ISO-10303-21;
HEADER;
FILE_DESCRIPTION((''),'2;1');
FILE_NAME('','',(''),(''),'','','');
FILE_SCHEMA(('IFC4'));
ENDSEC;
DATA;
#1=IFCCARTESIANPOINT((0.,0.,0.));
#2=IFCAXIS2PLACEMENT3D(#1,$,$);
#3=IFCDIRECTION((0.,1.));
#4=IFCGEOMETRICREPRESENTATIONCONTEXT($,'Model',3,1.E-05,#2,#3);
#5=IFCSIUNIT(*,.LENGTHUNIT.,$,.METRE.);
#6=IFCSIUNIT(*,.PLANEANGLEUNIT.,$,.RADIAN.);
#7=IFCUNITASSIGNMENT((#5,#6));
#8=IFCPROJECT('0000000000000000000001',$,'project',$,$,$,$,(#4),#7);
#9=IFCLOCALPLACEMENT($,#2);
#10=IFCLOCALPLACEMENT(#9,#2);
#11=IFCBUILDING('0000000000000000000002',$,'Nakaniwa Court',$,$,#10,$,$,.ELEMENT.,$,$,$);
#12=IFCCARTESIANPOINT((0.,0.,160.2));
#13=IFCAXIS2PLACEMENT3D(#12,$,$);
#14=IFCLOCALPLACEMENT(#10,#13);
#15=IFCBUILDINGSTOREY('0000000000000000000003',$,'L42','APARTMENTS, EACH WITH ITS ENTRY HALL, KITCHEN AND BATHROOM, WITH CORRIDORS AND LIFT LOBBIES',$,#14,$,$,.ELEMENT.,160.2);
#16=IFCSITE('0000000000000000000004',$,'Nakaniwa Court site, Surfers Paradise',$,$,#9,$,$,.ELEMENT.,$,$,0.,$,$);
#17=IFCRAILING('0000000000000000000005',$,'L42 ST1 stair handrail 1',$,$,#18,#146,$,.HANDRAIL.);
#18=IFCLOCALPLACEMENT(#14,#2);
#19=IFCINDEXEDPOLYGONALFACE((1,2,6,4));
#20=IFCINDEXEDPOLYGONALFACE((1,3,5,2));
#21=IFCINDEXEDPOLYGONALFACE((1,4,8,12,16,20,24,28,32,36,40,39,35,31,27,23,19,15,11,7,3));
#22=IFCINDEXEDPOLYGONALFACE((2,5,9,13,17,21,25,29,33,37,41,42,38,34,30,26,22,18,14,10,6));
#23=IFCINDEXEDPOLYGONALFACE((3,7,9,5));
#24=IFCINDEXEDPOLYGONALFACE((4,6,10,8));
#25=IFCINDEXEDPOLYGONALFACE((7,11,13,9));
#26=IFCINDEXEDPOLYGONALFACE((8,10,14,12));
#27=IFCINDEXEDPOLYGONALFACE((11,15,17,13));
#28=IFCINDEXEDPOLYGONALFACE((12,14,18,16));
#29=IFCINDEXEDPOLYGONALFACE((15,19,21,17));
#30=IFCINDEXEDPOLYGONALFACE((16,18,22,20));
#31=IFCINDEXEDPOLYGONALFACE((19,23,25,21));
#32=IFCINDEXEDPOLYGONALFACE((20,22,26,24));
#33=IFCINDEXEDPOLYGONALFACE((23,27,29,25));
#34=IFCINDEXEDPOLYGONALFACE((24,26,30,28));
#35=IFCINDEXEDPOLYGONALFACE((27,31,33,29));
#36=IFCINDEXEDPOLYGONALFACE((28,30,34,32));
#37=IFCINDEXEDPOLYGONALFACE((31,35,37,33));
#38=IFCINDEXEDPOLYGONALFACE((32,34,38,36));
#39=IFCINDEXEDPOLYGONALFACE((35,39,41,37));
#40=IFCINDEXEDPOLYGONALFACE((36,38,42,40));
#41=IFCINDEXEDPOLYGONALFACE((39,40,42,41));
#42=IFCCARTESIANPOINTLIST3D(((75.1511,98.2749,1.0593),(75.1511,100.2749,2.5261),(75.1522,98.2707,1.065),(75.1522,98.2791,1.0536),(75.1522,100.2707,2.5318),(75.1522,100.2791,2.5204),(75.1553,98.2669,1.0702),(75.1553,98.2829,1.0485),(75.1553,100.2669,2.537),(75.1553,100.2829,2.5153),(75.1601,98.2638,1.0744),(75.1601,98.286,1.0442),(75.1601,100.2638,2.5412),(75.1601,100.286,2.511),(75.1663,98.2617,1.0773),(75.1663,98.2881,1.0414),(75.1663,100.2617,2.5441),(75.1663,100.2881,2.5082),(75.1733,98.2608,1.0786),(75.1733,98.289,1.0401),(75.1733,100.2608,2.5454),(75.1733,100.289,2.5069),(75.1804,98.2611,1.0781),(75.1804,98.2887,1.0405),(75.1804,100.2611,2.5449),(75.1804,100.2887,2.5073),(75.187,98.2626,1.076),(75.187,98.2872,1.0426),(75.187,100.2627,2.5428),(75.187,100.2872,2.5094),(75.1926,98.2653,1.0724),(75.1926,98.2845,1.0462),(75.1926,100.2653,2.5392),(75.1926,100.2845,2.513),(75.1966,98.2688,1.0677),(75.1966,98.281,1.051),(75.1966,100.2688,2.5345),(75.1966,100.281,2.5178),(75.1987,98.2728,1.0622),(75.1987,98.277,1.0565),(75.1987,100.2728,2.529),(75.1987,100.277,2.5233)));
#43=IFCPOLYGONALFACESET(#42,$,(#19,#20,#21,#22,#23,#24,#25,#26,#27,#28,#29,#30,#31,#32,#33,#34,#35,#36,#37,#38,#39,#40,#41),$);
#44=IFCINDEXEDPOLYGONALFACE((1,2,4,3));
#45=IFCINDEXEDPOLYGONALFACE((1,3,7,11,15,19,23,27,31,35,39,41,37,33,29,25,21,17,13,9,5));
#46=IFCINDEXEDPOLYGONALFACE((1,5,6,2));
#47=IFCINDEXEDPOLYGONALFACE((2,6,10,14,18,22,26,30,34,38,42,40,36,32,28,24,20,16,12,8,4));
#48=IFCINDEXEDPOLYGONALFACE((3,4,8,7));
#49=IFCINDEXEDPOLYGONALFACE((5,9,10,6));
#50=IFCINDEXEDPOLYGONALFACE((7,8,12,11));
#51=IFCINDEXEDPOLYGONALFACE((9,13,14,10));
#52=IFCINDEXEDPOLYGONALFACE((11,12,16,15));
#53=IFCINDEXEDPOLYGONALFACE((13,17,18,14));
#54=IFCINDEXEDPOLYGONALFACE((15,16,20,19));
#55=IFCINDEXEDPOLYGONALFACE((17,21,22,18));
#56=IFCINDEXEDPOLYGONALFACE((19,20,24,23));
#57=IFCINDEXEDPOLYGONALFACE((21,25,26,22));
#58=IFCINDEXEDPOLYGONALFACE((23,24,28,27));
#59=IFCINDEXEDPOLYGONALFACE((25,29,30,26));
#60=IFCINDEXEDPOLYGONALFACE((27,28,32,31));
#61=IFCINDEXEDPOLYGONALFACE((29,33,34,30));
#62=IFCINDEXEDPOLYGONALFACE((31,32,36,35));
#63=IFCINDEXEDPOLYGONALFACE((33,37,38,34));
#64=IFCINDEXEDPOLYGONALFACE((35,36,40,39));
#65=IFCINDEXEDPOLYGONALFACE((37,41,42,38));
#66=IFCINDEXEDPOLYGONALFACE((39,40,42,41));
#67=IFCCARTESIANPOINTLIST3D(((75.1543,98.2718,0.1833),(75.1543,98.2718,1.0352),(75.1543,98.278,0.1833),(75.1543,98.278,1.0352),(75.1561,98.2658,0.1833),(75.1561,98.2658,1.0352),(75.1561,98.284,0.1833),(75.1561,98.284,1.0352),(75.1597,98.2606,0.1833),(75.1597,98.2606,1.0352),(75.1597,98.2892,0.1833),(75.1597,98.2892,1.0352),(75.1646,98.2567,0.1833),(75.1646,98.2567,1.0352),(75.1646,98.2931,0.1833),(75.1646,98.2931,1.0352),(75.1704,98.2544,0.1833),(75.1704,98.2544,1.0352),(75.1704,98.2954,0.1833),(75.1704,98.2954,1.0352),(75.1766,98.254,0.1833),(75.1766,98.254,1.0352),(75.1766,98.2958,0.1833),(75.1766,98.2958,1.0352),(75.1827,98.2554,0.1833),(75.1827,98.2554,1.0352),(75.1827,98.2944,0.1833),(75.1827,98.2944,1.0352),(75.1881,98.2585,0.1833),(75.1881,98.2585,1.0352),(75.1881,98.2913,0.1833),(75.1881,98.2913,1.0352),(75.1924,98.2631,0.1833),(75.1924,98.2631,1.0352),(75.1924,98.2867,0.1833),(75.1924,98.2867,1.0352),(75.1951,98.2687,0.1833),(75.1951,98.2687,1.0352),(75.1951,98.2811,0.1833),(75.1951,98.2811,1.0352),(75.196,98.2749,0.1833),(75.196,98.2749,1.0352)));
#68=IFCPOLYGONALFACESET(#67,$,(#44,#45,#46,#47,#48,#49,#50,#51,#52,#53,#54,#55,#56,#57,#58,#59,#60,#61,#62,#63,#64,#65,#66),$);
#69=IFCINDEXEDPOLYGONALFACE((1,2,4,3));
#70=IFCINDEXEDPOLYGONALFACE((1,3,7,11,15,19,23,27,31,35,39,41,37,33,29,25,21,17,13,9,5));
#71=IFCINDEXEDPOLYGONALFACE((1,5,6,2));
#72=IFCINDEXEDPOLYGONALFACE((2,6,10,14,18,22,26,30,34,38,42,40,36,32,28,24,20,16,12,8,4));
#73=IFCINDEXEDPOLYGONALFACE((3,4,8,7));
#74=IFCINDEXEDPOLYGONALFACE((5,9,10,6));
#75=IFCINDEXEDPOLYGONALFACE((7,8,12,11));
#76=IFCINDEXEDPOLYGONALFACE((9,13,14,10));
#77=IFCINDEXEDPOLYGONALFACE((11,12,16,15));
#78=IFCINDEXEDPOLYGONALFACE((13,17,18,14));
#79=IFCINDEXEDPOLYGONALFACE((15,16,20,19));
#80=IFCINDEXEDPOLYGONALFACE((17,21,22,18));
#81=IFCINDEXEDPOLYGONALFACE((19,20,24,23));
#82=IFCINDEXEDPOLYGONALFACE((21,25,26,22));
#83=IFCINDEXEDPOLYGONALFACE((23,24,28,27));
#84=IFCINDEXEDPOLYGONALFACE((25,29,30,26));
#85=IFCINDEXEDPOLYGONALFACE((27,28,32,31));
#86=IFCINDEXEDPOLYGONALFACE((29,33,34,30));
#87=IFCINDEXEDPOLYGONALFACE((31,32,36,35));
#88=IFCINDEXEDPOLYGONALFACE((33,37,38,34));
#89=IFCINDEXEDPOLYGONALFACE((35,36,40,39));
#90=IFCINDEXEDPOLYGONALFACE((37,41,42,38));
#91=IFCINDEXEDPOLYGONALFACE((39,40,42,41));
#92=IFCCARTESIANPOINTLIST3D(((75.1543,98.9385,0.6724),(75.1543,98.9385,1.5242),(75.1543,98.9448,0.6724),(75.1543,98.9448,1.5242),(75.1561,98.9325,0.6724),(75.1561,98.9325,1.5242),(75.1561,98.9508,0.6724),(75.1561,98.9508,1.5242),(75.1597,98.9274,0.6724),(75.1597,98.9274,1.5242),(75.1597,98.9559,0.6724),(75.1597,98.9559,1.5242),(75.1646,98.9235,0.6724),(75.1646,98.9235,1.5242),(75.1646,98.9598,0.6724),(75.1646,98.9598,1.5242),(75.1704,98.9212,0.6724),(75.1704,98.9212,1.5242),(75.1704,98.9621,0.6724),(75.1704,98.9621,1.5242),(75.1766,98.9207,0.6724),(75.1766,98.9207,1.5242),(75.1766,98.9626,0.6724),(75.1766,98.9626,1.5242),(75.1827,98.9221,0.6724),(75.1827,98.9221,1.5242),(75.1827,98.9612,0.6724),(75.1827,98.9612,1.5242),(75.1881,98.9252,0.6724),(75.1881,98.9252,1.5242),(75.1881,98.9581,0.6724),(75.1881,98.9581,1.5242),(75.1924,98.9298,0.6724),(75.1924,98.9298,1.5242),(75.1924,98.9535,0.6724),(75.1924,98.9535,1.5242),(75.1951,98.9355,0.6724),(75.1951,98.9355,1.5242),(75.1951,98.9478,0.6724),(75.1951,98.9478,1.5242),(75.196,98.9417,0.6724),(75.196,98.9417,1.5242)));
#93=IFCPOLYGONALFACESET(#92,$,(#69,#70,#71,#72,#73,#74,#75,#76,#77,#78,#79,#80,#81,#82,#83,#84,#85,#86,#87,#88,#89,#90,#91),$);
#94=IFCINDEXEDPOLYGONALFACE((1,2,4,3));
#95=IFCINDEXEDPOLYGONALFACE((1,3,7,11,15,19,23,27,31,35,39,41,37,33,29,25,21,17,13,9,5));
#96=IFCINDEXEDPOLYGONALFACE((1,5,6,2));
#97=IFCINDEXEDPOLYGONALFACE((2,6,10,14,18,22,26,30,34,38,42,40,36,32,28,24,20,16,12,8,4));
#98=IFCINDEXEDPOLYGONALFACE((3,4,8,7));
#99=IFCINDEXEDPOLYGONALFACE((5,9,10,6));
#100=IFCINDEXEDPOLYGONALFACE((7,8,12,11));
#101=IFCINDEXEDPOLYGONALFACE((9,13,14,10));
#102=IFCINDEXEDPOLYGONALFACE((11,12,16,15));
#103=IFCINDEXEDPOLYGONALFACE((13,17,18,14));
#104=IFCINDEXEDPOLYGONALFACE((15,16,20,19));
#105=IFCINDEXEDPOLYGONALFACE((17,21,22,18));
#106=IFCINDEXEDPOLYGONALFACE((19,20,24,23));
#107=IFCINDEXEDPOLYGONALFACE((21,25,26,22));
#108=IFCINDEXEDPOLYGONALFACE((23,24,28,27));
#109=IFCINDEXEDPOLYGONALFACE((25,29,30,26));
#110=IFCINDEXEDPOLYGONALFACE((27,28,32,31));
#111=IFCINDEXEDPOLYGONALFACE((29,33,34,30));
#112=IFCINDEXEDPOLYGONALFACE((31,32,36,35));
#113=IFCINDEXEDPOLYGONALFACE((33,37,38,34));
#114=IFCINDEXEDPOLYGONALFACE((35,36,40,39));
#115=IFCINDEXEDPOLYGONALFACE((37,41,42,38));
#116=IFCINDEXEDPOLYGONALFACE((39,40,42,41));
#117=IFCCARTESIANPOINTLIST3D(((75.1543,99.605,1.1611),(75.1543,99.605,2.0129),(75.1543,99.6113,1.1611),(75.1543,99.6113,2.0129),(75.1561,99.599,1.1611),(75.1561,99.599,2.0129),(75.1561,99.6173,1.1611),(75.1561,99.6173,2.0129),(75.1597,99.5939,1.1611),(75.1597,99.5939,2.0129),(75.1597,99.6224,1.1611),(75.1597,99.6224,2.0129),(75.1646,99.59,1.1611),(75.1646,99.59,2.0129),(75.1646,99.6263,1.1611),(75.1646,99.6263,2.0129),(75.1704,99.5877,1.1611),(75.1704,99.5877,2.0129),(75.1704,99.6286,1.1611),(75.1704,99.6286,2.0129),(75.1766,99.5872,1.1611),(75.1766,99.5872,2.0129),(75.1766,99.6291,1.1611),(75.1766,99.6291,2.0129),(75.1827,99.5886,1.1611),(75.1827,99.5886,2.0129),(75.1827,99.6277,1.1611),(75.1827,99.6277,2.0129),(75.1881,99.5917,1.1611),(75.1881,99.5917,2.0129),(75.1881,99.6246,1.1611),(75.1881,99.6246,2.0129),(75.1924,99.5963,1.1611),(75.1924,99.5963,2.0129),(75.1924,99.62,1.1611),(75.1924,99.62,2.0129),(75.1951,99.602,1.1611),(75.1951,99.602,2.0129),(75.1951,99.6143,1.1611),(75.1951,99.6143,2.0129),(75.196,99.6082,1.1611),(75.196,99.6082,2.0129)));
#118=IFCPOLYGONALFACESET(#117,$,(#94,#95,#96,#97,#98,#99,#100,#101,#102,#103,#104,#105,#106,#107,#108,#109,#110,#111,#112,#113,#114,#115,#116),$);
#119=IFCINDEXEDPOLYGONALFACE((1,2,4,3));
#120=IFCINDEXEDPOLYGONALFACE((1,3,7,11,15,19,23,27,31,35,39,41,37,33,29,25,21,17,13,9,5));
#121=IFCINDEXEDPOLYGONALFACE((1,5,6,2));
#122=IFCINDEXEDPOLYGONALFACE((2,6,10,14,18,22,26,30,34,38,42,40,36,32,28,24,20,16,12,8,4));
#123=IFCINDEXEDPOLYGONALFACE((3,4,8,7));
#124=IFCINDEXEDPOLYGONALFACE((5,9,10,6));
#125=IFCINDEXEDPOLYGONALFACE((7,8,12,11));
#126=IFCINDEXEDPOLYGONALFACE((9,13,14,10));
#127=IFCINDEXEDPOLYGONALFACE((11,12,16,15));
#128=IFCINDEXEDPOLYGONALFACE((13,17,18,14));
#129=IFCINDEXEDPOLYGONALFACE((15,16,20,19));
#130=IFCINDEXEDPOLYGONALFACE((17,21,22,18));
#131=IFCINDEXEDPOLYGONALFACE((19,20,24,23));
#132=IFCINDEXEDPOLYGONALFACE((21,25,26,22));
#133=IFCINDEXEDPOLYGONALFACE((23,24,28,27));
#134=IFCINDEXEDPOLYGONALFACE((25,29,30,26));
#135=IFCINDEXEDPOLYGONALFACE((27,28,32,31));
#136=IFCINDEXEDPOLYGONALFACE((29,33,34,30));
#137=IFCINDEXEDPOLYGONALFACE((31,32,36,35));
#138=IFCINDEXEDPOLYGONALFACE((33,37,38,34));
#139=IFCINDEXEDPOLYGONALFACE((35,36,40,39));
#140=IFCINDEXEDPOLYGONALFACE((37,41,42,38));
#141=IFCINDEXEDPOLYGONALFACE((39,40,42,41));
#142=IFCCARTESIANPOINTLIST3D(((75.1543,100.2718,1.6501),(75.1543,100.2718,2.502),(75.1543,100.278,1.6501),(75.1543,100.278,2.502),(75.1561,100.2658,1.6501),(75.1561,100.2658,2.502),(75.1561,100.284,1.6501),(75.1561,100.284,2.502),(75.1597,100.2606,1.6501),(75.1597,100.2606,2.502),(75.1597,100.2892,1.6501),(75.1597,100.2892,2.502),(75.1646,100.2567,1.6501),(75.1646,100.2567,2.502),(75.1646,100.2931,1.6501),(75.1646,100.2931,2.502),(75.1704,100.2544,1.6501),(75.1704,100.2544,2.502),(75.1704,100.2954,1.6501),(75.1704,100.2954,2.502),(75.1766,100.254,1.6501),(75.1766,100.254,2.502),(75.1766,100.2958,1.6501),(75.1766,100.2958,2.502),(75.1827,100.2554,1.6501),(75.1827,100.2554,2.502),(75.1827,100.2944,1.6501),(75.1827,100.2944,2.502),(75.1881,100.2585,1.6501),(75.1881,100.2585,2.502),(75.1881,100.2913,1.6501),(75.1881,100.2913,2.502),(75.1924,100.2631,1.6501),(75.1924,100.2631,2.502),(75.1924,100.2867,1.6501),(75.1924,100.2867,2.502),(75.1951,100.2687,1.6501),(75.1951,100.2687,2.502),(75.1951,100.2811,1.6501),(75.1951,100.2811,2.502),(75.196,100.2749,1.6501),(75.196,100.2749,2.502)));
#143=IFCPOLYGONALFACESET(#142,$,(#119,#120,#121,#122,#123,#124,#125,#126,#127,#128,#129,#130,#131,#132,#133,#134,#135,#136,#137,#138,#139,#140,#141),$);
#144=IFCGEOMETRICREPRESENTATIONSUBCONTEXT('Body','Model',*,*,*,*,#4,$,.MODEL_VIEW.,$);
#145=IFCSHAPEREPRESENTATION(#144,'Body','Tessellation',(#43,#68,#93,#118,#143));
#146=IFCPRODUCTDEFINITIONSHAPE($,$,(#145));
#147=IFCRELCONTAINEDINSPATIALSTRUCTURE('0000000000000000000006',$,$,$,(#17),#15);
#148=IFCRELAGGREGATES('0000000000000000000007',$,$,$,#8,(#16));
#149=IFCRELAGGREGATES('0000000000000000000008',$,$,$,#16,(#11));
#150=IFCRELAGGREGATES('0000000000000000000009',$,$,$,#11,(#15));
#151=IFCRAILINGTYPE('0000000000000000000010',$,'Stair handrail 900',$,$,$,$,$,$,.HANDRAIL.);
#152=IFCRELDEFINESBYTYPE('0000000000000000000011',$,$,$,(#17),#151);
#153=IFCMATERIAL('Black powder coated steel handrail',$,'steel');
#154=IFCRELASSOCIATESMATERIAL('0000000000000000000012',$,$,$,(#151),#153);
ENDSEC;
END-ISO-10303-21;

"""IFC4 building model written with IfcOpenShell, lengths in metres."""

from ifc_helpers import new_model, si_unit, direction, frame, origin, origin_2d, place, context, subcontext, project, spatial, circle, extrude, material, type_object, element, save


model = new_model("IFC4")

# Units and contexts
model_context = context("Model", 3, precision=1e-05, world=origin(), true_north=direction((0.0, 1.0)))
body_context = subcontext(model_context, "Body", "Model", "MODEL_VIEW")
ifc_project = project(units=[si_unit("LENGTHUNIT", "METRE"), si_unit("PLANEANGLEUNIT", "RADIAN")], contexts=[model_context])

# Site, building, storey
site_placement = place(None, origin())
site = spatial("IfcSite", under=ifc_project, at=site_placement, Name="Nakaniwa Court site, Surfers Paradise", CompositionType="ELEMENT", RefElevation=0.0)
building_placement = place(site_placement, origin())
building = spatial("IfcBuilding", under=site, at=building_placement, Name="Nakaniwa Court", CompositionType="ELEMENT")
storey_placement = place(building_placement, frame((0.0, 0.0, 160.2)))
storey = spatial("IfcBuildingStorey", under=building, at=storey_placement, Name="L42", Description="APARTMENTS, EACH WITH ITS ENTRY HALL, KITCHEN AND BATHROOM, WITH CORRIDORS AND LIFT LOBBIES", CompositionType="ELEMENT", Elevation=160.2)

# Railing
ifc_material_1 = material(Name="Black powder coated steel handrail", Category="steel")
railing_type_1 = type_object("IfcRailingType", Name="Stair handrail 900", PredefinedType="HANDRAIL", material=ifc_material_1)
railing_1_placement = place(storey_placement, frame((75.175, 98.2749, 0.1833)))
element("IfcRailing", 1, at=railing_1_placement, inside=storey, type_object=railing_type_1, Name="L42 ST1 stair handrail 1", PredefinedType="HANDRAIL", context=body_context, shape_type="SweptSolid", body=[
    extrude(circle(Radius=0.0239, at=origin_2d()), frame((0.0, 0.0, 0.876), z_axis=(0.0, 0.80638, 0.591398), x_axis=(-1.0, 0.0, 0.0)), (0.0, 0.0, 1.0), 2.4802),
    extrude(circle(Radius=0.021, at=origin_2d()), origin(), (0.0, 0.0, 1.0), 0.8518),
    extrude(circle(Radius=0.021, at=origin_2d()), frame((0.0, 0.6667, 0.489)), (0.0, 0.0, 1.0), 0.8518),
    extrude(circle(Radius=0.021, at=origin_2d()), frame((0.0, 1.3333, 0.9778)), (0.0, 0.0, 1.0), 0.8518),
    extrude(circle(Radius=0.021, at=origin_2d()), frame((0.0, 2.0, 1.4668)), (0.0, 0.0, 1.0), 0.8518),
])

save(model, "model.ifc")
